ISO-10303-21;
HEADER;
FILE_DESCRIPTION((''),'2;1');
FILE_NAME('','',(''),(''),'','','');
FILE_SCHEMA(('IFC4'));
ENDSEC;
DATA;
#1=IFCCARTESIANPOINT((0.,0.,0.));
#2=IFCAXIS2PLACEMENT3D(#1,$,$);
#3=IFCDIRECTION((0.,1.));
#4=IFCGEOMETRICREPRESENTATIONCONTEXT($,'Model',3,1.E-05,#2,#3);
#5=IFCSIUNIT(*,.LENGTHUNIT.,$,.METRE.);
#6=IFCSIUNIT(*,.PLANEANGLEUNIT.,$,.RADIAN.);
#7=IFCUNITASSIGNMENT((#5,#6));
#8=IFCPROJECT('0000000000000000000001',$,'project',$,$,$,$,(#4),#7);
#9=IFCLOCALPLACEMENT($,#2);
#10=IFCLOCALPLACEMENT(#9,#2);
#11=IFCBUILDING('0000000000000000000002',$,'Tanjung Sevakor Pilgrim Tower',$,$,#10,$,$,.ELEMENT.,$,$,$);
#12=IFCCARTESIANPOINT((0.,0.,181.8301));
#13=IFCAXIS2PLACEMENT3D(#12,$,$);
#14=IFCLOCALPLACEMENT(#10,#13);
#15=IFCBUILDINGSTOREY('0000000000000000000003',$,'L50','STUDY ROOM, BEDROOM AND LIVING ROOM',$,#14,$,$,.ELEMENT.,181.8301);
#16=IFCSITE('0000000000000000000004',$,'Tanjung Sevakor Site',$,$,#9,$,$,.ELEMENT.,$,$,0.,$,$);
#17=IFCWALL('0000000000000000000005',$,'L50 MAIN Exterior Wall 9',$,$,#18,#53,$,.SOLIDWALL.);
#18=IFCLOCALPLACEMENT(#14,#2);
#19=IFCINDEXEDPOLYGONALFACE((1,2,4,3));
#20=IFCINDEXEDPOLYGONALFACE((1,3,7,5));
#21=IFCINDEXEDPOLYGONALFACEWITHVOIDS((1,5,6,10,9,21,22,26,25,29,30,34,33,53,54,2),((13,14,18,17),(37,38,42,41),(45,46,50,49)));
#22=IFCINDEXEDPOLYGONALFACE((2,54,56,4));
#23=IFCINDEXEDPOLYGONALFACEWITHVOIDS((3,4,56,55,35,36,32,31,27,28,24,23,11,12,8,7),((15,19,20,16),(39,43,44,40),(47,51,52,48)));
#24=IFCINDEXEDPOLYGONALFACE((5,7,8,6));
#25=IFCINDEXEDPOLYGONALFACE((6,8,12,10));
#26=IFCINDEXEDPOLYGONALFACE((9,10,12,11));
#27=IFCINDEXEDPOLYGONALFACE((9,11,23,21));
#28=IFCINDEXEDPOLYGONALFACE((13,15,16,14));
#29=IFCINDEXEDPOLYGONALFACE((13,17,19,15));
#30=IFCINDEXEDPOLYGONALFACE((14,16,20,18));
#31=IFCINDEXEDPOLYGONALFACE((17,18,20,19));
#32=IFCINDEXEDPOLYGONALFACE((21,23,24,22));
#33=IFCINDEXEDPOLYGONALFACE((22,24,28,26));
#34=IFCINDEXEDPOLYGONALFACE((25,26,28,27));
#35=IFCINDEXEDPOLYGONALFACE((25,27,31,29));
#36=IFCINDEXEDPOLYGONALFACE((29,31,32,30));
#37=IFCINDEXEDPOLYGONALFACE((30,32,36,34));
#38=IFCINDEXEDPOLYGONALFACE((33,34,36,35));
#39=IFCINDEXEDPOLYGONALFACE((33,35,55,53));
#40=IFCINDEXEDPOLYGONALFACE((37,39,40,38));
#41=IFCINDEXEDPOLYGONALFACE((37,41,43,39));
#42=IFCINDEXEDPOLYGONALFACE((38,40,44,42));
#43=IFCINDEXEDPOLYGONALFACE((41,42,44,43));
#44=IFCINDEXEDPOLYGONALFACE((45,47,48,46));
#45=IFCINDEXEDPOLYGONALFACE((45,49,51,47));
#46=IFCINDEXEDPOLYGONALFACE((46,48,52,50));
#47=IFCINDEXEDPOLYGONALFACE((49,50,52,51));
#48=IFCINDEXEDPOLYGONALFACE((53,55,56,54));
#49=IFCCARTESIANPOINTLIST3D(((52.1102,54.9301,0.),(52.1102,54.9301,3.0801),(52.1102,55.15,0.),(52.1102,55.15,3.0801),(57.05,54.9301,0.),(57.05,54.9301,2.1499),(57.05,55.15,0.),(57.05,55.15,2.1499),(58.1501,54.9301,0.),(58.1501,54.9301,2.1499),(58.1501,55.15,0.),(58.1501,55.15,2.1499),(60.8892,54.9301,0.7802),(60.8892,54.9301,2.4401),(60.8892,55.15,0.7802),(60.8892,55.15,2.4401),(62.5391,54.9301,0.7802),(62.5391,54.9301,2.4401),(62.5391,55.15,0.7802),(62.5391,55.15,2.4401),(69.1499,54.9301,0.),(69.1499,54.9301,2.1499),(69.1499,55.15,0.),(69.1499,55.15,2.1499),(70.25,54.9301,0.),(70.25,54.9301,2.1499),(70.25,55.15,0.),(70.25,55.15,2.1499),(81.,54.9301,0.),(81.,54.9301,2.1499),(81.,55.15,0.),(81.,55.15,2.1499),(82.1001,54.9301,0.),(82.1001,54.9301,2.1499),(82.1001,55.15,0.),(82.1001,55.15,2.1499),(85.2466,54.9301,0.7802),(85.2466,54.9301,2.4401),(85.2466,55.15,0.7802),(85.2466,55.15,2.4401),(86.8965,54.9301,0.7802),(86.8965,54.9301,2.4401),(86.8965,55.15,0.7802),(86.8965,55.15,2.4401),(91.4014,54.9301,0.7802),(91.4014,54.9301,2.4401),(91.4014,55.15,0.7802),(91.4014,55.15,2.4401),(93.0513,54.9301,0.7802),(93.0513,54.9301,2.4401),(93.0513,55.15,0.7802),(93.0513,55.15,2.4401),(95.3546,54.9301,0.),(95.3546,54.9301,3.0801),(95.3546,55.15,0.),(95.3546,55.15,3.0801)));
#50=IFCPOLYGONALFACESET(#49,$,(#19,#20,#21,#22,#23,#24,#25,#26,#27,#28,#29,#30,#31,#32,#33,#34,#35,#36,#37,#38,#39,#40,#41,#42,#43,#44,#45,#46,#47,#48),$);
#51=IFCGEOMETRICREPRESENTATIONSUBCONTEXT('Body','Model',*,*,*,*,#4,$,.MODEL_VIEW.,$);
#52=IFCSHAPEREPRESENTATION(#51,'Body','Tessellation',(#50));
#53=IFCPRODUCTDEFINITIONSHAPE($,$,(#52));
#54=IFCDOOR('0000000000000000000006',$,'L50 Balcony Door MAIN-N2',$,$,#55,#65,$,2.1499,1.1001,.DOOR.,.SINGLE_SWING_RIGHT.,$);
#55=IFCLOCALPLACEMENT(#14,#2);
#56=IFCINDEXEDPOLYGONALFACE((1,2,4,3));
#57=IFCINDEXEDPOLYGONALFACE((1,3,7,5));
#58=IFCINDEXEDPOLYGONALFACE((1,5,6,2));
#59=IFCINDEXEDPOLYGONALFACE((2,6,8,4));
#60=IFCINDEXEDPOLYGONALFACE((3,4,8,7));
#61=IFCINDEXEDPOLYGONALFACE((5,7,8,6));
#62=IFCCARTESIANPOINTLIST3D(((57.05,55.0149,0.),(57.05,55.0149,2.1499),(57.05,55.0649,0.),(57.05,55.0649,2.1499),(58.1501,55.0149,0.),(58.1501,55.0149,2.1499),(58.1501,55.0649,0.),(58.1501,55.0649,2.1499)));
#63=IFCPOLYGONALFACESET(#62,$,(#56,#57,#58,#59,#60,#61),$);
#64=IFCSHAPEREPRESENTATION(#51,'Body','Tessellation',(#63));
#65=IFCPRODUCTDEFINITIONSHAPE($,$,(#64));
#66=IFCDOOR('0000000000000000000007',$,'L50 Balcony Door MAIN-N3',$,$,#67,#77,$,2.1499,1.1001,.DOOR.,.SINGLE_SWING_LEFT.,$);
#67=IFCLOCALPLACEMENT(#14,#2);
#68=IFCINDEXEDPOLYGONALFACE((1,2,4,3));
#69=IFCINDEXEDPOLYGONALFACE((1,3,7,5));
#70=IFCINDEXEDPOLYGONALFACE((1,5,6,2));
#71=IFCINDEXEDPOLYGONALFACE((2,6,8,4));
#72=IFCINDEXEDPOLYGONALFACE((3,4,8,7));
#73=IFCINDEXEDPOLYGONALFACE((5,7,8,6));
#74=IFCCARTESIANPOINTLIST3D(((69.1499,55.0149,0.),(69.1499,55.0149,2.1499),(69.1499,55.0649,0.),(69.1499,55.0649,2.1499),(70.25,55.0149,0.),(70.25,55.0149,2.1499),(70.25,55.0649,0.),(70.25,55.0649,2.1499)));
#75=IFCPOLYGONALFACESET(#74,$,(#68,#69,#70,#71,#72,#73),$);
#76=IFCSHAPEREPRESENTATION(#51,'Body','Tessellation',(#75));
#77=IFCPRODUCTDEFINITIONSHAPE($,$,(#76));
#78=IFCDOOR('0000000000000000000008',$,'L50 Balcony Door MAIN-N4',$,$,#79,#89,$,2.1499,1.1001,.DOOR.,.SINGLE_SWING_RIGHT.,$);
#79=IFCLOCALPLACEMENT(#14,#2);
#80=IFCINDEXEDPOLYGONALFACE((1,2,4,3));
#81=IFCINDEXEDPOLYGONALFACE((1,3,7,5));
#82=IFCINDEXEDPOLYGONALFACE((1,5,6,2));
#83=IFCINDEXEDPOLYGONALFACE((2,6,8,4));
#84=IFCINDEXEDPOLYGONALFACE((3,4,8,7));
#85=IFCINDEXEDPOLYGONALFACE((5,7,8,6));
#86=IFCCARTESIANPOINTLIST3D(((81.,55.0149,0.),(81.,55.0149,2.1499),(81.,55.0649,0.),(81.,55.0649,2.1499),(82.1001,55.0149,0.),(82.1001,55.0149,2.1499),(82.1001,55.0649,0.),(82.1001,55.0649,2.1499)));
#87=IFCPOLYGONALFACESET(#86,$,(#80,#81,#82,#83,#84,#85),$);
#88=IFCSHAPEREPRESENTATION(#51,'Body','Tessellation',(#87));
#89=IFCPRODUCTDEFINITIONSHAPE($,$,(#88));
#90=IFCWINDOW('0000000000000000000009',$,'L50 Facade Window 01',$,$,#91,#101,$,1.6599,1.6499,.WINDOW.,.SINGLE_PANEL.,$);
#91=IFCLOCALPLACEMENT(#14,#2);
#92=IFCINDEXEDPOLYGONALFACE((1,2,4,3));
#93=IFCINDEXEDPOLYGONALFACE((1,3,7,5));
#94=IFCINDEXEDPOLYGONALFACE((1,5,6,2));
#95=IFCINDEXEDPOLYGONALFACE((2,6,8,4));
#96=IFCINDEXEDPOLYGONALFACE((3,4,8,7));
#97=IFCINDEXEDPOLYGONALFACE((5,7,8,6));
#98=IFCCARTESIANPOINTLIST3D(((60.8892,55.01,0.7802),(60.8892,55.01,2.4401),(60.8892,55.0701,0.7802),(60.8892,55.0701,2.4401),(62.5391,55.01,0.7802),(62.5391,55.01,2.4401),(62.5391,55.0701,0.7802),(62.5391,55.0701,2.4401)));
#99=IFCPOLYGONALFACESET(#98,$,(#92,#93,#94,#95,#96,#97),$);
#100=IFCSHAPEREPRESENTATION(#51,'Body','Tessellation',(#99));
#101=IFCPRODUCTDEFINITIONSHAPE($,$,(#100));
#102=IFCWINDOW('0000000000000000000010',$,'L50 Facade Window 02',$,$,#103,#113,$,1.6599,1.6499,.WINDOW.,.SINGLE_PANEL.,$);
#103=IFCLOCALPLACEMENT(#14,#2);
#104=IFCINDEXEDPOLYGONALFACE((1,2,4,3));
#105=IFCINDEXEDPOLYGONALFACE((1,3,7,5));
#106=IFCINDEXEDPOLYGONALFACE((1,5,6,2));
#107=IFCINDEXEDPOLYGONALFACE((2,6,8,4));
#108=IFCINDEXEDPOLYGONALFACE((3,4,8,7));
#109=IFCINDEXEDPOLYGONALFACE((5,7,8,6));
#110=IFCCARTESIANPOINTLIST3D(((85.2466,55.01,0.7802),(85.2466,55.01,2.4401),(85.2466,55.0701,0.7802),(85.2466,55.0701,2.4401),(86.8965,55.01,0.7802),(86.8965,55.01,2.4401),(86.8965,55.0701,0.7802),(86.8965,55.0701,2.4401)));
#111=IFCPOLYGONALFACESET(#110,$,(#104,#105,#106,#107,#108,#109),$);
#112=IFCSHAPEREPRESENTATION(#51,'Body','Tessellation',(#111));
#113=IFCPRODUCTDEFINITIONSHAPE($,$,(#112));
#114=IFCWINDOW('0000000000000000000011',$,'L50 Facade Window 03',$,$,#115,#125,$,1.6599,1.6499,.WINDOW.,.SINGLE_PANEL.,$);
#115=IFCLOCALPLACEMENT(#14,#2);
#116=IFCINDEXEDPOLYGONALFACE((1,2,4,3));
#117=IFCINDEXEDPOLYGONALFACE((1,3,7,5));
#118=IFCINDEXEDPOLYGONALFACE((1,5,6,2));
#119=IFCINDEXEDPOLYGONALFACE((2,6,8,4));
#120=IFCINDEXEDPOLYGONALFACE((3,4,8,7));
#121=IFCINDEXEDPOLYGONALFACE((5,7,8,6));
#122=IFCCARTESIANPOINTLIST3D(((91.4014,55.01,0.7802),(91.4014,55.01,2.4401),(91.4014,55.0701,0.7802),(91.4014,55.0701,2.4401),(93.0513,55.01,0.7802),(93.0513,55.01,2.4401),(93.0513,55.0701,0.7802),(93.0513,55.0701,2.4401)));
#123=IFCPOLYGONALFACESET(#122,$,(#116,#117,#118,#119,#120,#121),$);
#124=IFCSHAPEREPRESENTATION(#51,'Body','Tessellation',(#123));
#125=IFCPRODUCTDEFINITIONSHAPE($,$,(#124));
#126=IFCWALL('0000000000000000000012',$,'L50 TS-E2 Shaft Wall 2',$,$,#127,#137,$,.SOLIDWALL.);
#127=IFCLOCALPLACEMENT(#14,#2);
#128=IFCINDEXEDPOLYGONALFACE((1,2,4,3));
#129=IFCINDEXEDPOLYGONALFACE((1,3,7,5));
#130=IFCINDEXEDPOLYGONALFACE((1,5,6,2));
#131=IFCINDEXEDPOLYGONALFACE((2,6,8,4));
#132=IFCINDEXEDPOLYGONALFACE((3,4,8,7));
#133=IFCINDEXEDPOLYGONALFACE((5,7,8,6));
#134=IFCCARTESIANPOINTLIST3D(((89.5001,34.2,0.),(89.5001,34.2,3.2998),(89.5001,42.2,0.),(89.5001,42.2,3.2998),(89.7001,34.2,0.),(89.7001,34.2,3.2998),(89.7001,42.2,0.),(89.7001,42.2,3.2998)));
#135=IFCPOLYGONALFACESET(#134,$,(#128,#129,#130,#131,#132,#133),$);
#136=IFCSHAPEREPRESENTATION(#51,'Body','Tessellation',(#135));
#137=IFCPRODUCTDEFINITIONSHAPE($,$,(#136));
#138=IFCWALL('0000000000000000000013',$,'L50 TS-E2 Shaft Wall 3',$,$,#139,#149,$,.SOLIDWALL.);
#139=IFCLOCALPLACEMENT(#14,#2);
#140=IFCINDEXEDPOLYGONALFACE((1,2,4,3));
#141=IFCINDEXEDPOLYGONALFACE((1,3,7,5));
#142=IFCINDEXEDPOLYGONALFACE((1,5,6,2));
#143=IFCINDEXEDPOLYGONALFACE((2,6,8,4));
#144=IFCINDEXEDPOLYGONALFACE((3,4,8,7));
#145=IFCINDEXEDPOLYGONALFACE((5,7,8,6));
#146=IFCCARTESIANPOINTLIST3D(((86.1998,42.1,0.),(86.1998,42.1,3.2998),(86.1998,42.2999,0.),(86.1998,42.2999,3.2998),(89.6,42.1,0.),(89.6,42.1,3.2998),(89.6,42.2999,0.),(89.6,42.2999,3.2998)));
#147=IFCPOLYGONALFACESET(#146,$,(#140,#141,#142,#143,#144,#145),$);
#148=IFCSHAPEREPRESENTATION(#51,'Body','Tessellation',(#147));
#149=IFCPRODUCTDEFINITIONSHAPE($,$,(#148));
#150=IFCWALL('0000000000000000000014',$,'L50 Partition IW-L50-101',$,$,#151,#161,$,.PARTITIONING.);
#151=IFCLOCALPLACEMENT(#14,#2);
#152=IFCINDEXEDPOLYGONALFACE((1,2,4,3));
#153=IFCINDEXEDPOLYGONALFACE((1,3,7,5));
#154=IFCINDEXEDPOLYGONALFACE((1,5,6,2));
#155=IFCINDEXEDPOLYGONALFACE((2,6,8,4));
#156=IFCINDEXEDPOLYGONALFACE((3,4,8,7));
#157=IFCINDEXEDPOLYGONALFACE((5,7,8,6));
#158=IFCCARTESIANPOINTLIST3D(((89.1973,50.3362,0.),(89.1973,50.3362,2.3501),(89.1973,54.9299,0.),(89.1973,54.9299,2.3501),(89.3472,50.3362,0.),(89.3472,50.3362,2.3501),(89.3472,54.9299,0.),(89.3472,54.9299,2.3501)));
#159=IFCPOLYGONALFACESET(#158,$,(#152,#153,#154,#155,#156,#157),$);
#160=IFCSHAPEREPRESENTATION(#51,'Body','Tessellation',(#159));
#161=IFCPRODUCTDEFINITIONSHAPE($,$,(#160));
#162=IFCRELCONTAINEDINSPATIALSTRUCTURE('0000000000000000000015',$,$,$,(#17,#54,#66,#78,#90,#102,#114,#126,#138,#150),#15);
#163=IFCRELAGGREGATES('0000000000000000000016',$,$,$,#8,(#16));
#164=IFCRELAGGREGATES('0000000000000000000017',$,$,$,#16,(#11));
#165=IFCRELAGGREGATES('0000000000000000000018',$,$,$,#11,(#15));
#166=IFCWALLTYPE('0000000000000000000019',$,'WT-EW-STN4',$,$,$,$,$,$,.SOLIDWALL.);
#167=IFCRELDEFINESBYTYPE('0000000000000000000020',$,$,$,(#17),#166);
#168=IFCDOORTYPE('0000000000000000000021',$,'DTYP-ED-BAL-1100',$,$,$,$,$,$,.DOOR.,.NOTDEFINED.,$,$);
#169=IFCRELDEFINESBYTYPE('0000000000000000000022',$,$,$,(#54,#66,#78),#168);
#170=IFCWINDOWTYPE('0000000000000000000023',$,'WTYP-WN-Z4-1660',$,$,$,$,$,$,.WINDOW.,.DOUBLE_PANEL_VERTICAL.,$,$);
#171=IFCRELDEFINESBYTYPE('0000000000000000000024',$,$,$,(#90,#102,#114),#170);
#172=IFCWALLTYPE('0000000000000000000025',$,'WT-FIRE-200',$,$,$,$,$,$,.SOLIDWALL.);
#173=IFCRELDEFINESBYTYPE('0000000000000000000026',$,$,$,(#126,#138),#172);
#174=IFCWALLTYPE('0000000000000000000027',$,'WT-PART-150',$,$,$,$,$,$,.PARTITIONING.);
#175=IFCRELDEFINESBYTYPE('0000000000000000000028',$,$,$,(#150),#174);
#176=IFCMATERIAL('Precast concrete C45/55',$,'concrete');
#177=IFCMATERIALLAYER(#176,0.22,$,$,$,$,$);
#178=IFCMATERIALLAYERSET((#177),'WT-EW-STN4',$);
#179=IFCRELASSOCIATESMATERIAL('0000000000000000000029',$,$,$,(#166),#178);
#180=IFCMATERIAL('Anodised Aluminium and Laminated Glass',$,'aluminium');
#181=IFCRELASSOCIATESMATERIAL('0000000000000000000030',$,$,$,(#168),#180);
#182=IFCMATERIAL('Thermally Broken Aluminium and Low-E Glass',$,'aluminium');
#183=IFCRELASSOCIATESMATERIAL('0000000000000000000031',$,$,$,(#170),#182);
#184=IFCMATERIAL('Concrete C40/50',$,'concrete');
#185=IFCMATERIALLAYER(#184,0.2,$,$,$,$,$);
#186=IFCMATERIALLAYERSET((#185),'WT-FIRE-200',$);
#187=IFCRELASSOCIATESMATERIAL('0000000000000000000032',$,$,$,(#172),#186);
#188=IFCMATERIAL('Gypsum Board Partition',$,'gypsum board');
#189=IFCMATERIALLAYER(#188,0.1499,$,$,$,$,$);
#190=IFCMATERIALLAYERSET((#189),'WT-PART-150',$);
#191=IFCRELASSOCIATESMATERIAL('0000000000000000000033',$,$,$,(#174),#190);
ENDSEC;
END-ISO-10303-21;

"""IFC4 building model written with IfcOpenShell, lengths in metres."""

from ifc_helpers import new_model, si_unit, direction, frame, frame_2d, origin, place, context, subcontext, project, spatial, rectangle, extrude, material, layer, layer_set, type_object, element, fill, save


model = new_model("IFC4")

# Units and contexts
model_context = context("Model", 3, precision=1e-05, world=origin(), true_north=direction((0.0, 1.0)))
body_context = subcontext(model_context, "Body", "Model", "MODEL_VIEW")
ifc_project = project(units=[si_unit("LENGTHUNIT", "METRE"), si_unit("PLANEANGLEUNIT", "RADIAN")], contexts=[model_context])

# Site, building, storey
site_placement = place(None, origin())
site = spatial("IfcSite", under=ifc_project, at=site_placement, Name="Tanjung Sevakor Site", CompositionType="ELEMENT", RefElevation=0.0)
building_placement = place(site_placement, origin())
building = spatial("IfcBuilding", under=site, at=building_placement, Name="Tanjung Sevakor Pilgrim Tower", CompositionType="ELEMENT")
storey_placement = place(building_placement, frame((0.0, 0.0, 181.8301)))
storey = spatial("IfcBuildingStorey", under=building, at=storey_placement, Name="L50", Description="STUDY ROOM, BEDROOM AND LIVING ROOM", CompositionType="ELEMENT", Elevation=181.8301)

# Wall, openings, doors, windows
ifc_material_1 = material(Name="Precast concrete C45/55", Category="concrete")
ifc_layer_1 = layer(ifc_material_1, 0.22)
ifc_layer_set_1 = layer_set([ifc_layer_1], Name="WT-EW-STN4")
wall_type_1 = type_object("IfcWallType", Name="WT-EW-STN4", PredefinedType="SOLIDWALL", material=ifc_layer_set_1)
wall_1_placement = place(storey_placement, frame((95.3545, 55.04, 0.0), z_axis=(0.0, 0.0, 1.0), x_axis=(-1.0, 0.0, 0.0)))
wall_1 = element("IfcWall", 1, at=wall_1_placement, inside=storey, type_object=wall_type_1, Name="L50 MAIN Exterior Wall 9", PredefinedType="SOLIDWALL", context=body_context, shape_type="SweptSolid", body=[
    extrude(rectangle(XDim=43.2444, YDim=0.22, at=frame_2d((21.6221, 0.0))), origin(), (0.0, 0.0, 1.0), 3.0801),
])
opening_1_placement = place(wall_1_placement, frame((37.2043, 0.0, 0.0)))
opening_1 = element("IfcOpeningElement", 2, at=opening_1_placement, cuts=wall_1, PredefinedType="OPENING", context=body_context, shape_type="SweptSolid", body=[
    extrude(rectangle(XDim=1.1001, YDim=2.1499, at=frame_2d((0.55, 1.075))), frame((0.0, 0.1199, 0.0), z_axis=(0.0, -1.0, 0.0), x_axis=(1.0, 0.0, 0.0)), (0.0, 0.0, 1.0), 0.24),
])
opening_2_placement = place(wall_1_placement, frame((25.1045, 0.0, 0.0)))
opening_2 = element("IfcOpeningElement", 3, at=opening_2_placement, cuts=wall_1, PredefinedType="OPENING", context=body_context, shape_type="SweptSolid", body=[
    extrude(rectangle(XDim=1.1001, YDim=2.1499, at=frame_2d((0.55, 1.075))), frame((0.0, 0.1199, 0.0), z_axis=(0.0, -1.0, 0.0), x_axis=(1.0, 0.0, 0.0)), (0.0, 0.0, 1.0), 0.24),
])
opening_3_placement = place(wall_1_placement, frame((13.2544, 0.0, 0.0)))
opening_3 = element("IfcOpeningElement", 4, at=opening_3_placement, cuts=wall_1, PredefinedType="OPENING", context=body_context, shape_type="SweptSolid", body=[
    extrude(rectangle(XDim=1.1001, YDim=2.1499, at=frame_2d((0.55, 1.075))), frame((0.0, 0.1199, 0.0), z_axis=(0.0, -1.0, 0.0), x_axis=(1.0, 0.0, 0.0)), (0.0, 0.0, 1.0), 0.24),
])
opening_4_placement = place(wall_1_placement, frame((32.8154, 0.0, 0.78)))
opening_4 = element("IfcOpeningElement", 5, at=opening_4_placement, cuts=wall_1, PredefinedType="OPENING", context=body_context, shape_type="SweptSolid", body=[
    extrude(rectangle(XDim=1.6499, YDim=1.6599, at=frame_2d((0.825, 0.8301))), frame((0.0, 0.1199, 0.0), z_axis=(0.0, -1.0, 0.0), x_axis=(1.0, 0.0, 0.0)), (0.0, 0.0, 1.0), 0.24),
])
opening_5_placement = place(wall_1_placement, frame((8.458, 0.0, 0.78)))
opening_5 = element("IfcOpeningElement", 6, at=opening_5_placement, cuts=wall_1, PredefinedType="OPENING", context=body_context, shape_type="SweptSolid", body=[
    extrude(rectangle(XDim=1.6499, YDim=1.6599, at=frame_2d((0.825, 0.8301))), frame((0.0, 0.1199, 0.0), z_axis=(0.0, -1.0, 0.0), x_axis=(1.0, 0.0, 0.0)), (0.0, 0.0, 1.0), 0.24),
])
opening_6_placement = place(wall_1_placement, frame((2.3032, 0.0, 0.78)))
opening_6 = element("IfcOpeningElement", 7, at=opening_6_placement, cuts=wall_1, PredefinedType="OPENING", context=body_context, shape_type="SweptSolid", body=[
    extrude(rectangle(XDim=1.6499, YDim=1.6599, at=frame_2d((0.825, 0.8301))), frame((0.0, 0.1199, 0.0), z_axis=(0.0, -1.0, 0.0), x_axis=(1.0, 0.0, 0.0)), (0.0, 0.0, 1.0), 0.24),
])
ifc_material_2 = material(Name="Anodised Aluminium and Laminated Glass", Category="aluminium")
door_type = type_object("IfcDoorType", Name="DTYP-ED-BAL-1100", OperationType="NOTDEFINED", PredefinedType="DOOR", material=ifc_material_2)
door_1_placement = place(opening_1_placement, frame((1.1001, 0.0, 0.0), z_axis=(0.0, 0.0, 1.0), x_axis=(-1.0, 0.0, 0.0)))
door_1 = element("IfcDoor", 8, at=door_1_placement, inside=storey, type_object=door_type, Name="L50 Balcony Door MAIN-N2", OperationType="SINGLE_SWING_RIGHT", OverallHeight=2.1499, OverallWidth=1.1001, PredefinedType="DOOR", context=body_context, shape_type="SweptSolid", body=[
    extrude(rectangle(XDim=1.1001, YDim=2.1499, at=frame_2d((0.55, 1.075))), frame((0.0, 0.0249, 0.0), z_axis=(0.0, -1.0, 0.0), x_axis=(1.0, 0.0, 0.0)), (0.0, 0.0, 1.0), 0.05),
])
fill(opening_1, door_1)
door_2_placement = place(opening_2_placement, frame((1.1001, 0.0, 0.0), z_axis=(0.0, 0.0, 1.0), x_axis=(-1.0, 0.0, 0.0)))
door_2 = element("IfcDoor", 9, at=door_2_placement, inside=storey, type_object=door_type, Name="L50 Balcony Door MAIN-N3", OperationType="SINGLE_SWING_LEFT", OverallHeight=2.1499, OverallWidth=1.1001, PredefinedType="DOOR", context=body_context, shape_type="SweptSolid", body=[
    extrude(rectangle(XDim=1.1001, YDim=2.1499, at=frame_2d((0.55, 1.075))), frame((0.0, 0.0249, 0.0), z_axis=(0.0, -1.0, 0.0), x_axis=(1.0, 0.0, 0.0)), (0.0, 0.0, 1.0), 0.05),
])
fill(opening_2, door_2)
door_3_placement = place(opening_3_placement, frame((1.1001, 0.0, 0.0), z_axis=(0.0, 0.0, 1.0), x_axis=(-1.0, 0.0, 0.0)))
door_3 = element("IfcDoor", 10, at=door_3_placement, inside=storey, type_object=door_type, Name="L50 Balcony Door MAIN-N4", OperationType="SINGLE_SWING_RIGHT", OverallHeight=2.1499, OverallWidth=1.1001, PredefinedType="DOOR", context=body_context, shape_type="SweptSolid", body=[
    extrude(rectangle(XDim=1.1001, YDim=2.1499, at=frame_2d((0.55, 1.075))), frame((0.0, 0.0249, 0.0), z_axis=(0.0, -1.0, 0.0), x_axis=(1.0, 0.0, 0.0)), (0.0, 0.0, 1.0), 0.05),
])
fill(opening_3, door_3)
ifc_material_3 = material(Name="Thermally Broken Aluminium and Low-E Glass", Category="aluminium")
window_type = type_object("IfcWindowType", Name="WTYP-WN-Z4-1660", PartitioningType="DOUBLE_PANEL_VERTICAL", PredefinedType="WINDOW", material=ifc_material_3)
window_1_placement = place(opening_4_placement, origin())
window_1 = element("IfcWindow", 11, at=window_1_placement, inside=storey, type_object=window_type, Name="L50 Facade Window 01", OverallHeight=1.6599, OverallWidth=1.6499, PartitioningType="SINGLE_PANEL", PredefinedType="WINDOW", context=body_context, shape_type="SweptSolid", body=[
    extrude(rectangle(XDim=1.6499, YDim=1.6599, at=frame_2d((0.825, 0.8301))), frame((0.0, 0.03, 0.0), z_axis=(0.0, -1.0, 0.0), x_axis=(1.0, 0.0, 0.0)), (0.0, 0.0, 1.0), 0.0601),
])
fill(opening_4, window_1)
window_2_placement = place(opening_5_placement, origin())
window_2 = element("IfcWindow", 12, at=window_2_placement, inside=storey, type_object=window_type, Name="L50 Facade Window 02", OverallHeight=1.6599, OverallWidth=1.6499, PartitioningType="SINGLE_PANEL", PredefinedType="WINDOW", context=body_context, shape_type="SweptSolid", body=[
    extrude(rectangle(XDim=1.6499, YDim=1.6599, at=frame_2d((0.825, 0.8301))), frame((0.0, 0.03, 0.0), z_axis=(0.0, -1.0, 0.0), x_axis=(1.0, 0.0, 0.0)), (0.0, 0.0, 1.0), 0.0601),
])
fill(opening_5, window_2)
window_3_placement = place(opening_6_placement, origin())
window_3 = element("IfcWindow", 13, at=window_3_placement, inside=storey, type_object=window_type, Name="L50 Facade Window 03", OverallHeight=1.6599, OverallWidth=1.6499, PartitioningType="SINGLE_PANEL", PredefinedType="WINDOW", context=body_context, shape_type="SweptSolid", body=[
    extrude(rectangle(XDim=1.6499, YDim=1.6599, at=frame_2d((0.825, 0.8301))), frame((0.0, 0.03, 0.0), z_axis=(0.0, -1.0, 0.0), x_axis=(1.0, 0.0, 0.0)), (0.0, 0.0, 1.0), 0.0601),
])
fill(opening_6, window_3)

# Walls
ifc_material_4 = material(Name="Concrete C40/50", Category="concrete")
ifc_layer_2 = layer(ifc_material_4, 0.2)
ifc_layer_set_2 = layer_set([ifc_layer_2], Name="WT-FIRE-200")
wall_type_2 = type_object("IfcWallType", Name="WT-FIRE-200", PredefinedType="SOLIDWALL", material=ifc_layer_set_2)
wall_2_placement = place(storey_placement, frame((89.6001, 34.2, 0.0), z_axis=(0.0, 0.0, 1.0), x_axis=(0.0, 1.0, 0.0)))
element("IfcWall", 14, at=wall_2_placement, inside=storey, type_object=wall_type_2, Name="L50 TS-E2 Shaft Wall 2", PredefinedType="SOLIDWALL", context=body_context, shape_type="SweptSolid", body=[
    extrude(rectangle(XDim=8.0, YDim=0.2, at=frame_2d((4.0, 0.0))), origin(), (0.0, 0.0, 1.0), 3.2998),
])
wall_3_placement = place(storey_placement, frame((89.6001, 42.2, 0.0), z_axis=(0.0, 0.0, 1.0), x_axis=(-1.0, 0.0, 0.0)))
element("IfcWall", 15, at=wall_3_placement, inside=storey, type_object=wall_type_2, Name="L50 TS-E2 Shaft Wall 3", PredefinedType="SOLIDWALL", context=body_context, shape_type="SweptSolid", body=[
    extrude(rectangle(XDim=3.4001, YDim=0.2, at=frame_2d((1.7002, 0.0))), origin(), (0.0, 0.0, 1.0), 3.2998),
])
ifc_material_5 = material(Name="Gypsum Board Partition", Category="gypsum board")
ifc_layer_3 = layer(ifc_material_5, 0.1499)
ifc_layer_set_3 = layer_set([ifc_layer_3], Name="WT-PART-150")
wall_type_3 = type_object("IfcWallType", Name="WT-PART-150", PredefinedType="PARTITIONING", material=ifc_layer_set_3)
wall_4_placement = place(storey_placement, frame((89.2722, 50.3362, 0.0), z_axis=(0.0, 0.0, 1.0), x_axis=(0.0, 1.0, 0.0)))
element("IfcWall", 16, at=wall_4_placement, inside=storey, type_object=wall_type_3, Name="L50 Partition IW-L50-101", PredefinedType="PARTITIONING", context=body_context, shape_type="SweptSolid", body=[
    extrude(rectangle(XDim=4.5938, YDim=0.1499, at=frame_2d((2.2969, 0.0))), origin(), (0.0, 0.0, 1.0), 2.3501),
])

save(model, "model.ifc")
